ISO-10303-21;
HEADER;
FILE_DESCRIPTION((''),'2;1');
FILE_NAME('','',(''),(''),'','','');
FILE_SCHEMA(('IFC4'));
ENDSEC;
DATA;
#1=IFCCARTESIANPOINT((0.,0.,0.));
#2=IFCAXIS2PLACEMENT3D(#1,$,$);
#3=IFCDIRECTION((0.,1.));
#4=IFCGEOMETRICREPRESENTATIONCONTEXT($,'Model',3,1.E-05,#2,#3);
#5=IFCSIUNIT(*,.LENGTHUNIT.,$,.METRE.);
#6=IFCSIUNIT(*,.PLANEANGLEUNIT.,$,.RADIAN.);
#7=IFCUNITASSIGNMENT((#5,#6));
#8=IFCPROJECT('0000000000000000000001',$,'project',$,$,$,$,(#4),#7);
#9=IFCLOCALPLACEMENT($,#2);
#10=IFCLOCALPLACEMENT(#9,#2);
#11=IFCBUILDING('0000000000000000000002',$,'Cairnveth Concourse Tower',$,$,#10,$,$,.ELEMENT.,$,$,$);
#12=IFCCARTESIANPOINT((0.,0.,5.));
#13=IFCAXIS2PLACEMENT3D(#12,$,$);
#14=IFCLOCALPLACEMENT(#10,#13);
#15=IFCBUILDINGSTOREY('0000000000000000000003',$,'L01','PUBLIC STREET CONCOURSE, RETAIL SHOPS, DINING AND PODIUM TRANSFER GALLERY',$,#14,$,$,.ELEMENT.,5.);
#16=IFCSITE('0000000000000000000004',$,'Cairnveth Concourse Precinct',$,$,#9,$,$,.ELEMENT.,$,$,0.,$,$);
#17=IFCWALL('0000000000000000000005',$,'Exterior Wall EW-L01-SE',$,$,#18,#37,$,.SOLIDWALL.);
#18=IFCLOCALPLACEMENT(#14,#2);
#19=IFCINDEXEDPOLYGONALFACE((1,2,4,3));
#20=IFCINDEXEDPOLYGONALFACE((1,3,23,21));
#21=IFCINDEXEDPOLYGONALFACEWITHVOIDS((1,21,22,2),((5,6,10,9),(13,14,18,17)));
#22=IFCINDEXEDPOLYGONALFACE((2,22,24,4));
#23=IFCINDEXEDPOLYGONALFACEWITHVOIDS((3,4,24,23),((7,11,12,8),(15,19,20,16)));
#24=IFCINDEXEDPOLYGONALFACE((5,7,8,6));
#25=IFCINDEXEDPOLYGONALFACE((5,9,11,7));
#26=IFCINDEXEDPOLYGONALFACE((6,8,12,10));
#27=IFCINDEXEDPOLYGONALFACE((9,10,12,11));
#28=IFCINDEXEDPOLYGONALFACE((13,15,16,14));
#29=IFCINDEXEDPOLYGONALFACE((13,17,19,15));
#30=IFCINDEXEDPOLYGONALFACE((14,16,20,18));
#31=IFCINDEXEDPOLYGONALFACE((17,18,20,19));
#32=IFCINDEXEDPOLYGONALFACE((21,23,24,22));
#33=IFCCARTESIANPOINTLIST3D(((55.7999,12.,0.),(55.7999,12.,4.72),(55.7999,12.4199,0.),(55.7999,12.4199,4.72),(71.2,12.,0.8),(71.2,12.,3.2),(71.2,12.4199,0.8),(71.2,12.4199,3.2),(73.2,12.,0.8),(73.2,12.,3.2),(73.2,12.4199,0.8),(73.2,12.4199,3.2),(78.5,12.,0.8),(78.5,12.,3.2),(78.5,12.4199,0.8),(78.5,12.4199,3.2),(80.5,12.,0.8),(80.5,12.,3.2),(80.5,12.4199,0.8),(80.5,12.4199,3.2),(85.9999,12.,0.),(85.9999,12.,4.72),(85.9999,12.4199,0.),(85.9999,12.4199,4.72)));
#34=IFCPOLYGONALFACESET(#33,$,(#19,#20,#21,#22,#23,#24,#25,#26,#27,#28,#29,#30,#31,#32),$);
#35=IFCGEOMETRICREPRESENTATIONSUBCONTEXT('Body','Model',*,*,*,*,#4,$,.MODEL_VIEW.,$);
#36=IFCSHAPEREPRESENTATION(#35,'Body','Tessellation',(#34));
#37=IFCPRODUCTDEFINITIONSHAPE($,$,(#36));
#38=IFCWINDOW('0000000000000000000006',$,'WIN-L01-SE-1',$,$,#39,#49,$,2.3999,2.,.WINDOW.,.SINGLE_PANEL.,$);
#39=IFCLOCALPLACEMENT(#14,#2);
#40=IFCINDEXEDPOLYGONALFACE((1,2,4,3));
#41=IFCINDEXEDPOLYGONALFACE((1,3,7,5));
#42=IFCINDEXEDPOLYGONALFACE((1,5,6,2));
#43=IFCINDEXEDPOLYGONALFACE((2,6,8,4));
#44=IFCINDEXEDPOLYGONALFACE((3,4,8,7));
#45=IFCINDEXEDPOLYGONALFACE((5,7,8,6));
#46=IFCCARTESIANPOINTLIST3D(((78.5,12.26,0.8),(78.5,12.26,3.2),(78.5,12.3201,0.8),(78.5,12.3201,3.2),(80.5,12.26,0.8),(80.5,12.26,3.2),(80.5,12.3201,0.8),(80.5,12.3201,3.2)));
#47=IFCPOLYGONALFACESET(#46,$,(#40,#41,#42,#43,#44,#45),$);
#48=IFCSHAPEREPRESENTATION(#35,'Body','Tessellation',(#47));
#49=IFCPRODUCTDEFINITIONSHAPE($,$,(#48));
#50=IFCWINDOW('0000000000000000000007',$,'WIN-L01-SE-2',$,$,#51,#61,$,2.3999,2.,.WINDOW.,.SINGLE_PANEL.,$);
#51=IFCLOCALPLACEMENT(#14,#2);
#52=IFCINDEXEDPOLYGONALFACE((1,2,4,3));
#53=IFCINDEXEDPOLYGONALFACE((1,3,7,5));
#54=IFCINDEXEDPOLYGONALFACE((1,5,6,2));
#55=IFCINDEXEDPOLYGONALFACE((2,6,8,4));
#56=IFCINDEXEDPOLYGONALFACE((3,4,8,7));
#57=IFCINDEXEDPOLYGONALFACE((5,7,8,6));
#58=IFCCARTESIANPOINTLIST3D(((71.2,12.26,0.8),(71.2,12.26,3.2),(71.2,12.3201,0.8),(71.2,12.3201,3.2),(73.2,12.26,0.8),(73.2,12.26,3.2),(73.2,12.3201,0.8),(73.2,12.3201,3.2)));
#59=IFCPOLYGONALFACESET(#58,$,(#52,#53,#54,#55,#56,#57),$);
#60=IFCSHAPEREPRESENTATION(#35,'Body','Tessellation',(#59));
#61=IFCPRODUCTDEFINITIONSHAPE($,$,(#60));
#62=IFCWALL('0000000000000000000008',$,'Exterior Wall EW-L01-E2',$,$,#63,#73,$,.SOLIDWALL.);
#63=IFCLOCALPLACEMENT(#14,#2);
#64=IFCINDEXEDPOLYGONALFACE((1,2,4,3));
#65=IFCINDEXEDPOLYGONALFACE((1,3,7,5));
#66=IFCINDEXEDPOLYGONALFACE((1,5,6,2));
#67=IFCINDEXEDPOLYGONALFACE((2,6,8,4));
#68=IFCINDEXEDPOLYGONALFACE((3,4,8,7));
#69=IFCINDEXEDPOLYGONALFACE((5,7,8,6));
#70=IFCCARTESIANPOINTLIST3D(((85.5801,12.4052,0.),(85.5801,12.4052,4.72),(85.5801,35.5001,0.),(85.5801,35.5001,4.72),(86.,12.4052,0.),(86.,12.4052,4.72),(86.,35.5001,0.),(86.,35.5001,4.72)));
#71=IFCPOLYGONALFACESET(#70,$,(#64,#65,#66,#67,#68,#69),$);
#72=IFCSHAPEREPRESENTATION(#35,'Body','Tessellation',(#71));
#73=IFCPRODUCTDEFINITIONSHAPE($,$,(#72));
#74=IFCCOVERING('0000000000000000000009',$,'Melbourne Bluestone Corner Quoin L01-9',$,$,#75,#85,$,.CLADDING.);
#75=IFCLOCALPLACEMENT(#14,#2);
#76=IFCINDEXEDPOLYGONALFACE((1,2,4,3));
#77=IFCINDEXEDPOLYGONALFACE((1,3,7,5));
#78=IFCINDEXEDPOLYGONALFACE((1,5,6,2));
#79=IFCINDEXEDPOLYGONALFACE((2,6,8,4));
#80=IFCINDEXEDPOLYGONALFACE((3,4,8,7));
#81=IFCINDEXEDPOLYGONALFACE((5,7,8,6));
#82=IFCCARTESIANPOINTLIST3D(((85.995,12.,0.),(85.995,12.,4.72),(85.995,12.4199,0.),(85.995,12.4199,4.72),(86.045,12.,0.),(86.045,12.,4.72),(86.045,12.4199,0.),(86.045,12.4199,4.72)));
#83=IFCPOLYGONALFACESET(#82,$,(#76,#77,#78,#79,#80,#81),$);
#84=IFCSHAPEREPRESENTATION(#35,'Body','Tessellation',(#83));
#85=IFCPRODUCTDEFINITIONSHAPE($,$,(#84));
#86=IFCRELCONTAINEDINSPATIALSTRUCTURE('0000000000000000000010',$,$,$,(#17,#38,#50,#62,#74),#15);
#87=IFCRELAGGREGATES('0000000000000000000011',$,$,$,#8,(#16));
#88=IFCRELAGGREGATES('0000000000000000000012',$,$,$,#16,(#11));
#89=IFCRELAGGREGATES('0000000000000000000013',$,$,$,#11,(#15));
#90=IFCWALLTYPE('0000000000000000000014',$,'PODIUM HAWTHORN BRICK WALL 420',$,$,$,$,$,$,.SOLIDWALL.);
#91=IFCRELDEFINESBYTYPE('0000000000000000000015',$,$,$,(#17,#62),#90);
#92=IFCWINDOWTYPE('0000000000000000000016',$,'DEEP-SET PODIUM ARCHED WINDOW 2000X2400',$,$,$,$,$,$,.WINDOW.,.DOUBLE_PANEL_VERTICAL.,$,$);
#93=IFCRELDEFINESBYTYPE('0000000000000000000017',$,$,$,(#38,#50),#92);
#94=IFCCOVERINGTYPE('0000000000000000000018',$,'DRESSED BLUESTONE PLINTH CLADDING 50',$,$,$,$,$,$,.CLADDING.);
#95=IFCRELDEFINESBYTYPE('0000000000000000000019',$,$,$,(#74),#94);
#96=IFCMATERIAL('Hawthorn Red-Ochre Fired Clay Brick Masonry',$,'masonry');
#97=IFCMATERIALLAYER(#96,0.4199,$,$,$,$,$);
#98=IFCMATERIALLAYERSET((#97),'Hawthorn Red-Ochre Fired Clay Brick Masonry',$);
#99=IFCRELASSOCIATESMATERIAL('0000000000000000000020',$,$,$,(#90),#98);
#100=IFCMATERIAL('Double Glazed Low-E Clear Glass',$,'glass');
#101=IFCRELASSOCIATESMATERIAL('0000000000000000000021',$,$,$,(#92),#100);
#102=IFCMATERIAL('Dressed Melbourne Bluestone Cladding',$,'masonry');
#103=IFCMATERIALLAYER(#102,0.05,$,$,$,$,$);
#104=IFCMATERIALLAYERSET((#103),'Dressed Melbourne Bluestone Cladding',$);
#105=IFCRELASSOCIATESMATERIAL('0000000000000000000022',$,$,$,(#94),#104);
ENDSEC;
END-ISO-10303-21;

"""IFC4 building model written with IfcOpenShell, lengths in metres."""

from ifc_helpers import new_model, si_unit, direction, frame, frame_2d, origin, place, context, subcontext, project, spatial, rectangle, extrude, material, layer, layer_set, type_object, element, fill, save


model = new_model("IFC4")

# Units and contexts
model_context = context("Model", 3, precision=1e-05, world=origin(), true_north=direction((0.0, 1.0)))
body_context = subcontext(model_context, "Body", "Model", "MODEL_VIEW")
ifc_project = project(units=[si_unit("LENGTHUNIT", "METRE"), si_unit("PLANEANGLEUNIT", "RADIAN")], contexts=[model_context])

# Site, building, storey
site_placement = place(None, origin())
site = spatial("IfcSite", under=ifc_project, at=site_placement, Name="Cairnveth Concourse Precinct", CompositionType="ELEMENT", RefElevation=0.0)
building_placement = place(site_placement, origin())
building = spatial("IfcBuilding", under=site, at=building_placement, Name="Cairnveth Concourse Tower", CompositionType="ELEMENT")
storey_placement = place(building_placement, frame((0.0, 0.0, 5.0)))
storey = spatial("IfcBuildingStorey", under=building, at=storey_placement, Name="L01", Description="PUBLIC STREET CONCOURSE, RETAIL SHOPS, DINING AND PODIUM TRANSFER GALLERY", CompositionType="ELEMENT", Elevation=5.0)

# Shared definitions
ifc_material_1 = material(Name="Double Glazed Low-E Clear Glass", Category="glass")

# Wall, openings, windows
ifc_material_2 = material(Name="Hawthorn Red-Ochre Fired Clay Brick Masonry", Category="masonry")
ifc_layer_1 = layer(ifc_material_2, 0.4199)
ifc_layer_set_1 = layer_set([ifc_layer_1], Name="Hawthorn Red-Ochre Fired Clay Brick Masonry")
wall_type_1 = type_object("IfcWallType", Name="PODIUM HAWTHORN BRICK WALL 420", PredefinedType="SOLIDWALL", material=ifc_layer_set_1)
wall_1_placement = place(storey_placement, frame((86.0, 12.21, 0.0), z_axis=(0.0, 0.0, 1.0), x_axis=(-1.0, 0.0, 0.0)))
wall_1 = element("IfcWall", 1, at=wall_1_placement, inside=storey, type_object=wall_type_1, Name="Exterior Wall EW-L01-SE", PredefinedType="SOLIDWALL", context=body_context, shape_type="SweptSolid", body=[
    extrude(rectangle(XDim=30.2, YDim=0.4199, at=frame_2d((15.1001, 0.0))), origin(), (0.0, 0.0, 1.0), 4.72),
])
opening_1_placement = place(wall_1_placement, frame((5.5, 0.0, 0.8)))
opening_1 = element("IfcOpeningElement", 2, at=opening_1_placement, cuts=wall_1, PredefinedType="OPENING", context=body_context, shape_type="SweptSolid", body=[
    extrude(rectangle(XDim=2.0, YDim=2.3999, at=frame_2d((1.0, 1.2))), frame((0.0, 0.22, 0.0), z_axis=(0.0, -1.0, 0.0), x_axis=(1.0, 0.0, 0.0)), (0.0, 0.0, 1.0), 0.4399),
])
opening_2_placement = place(wall_1_placement, frame((12.8, 0.0, 0.8)))
opening_2 = element("IfcOpeningElement", 3, at=opening_2_placement, cuts=wall_1, PredefinedType="OPENING", context=body_context, shape_type="SweptSolid", body=[
    extrude(rectangle(XDim=2.0, YDim=2.3999, at=frame_2d((1.0, 1.2))), frame((0.0, 0.22, 0.0), z_axis=(0.0, -1.0, 0.0), x_axis=(1.0, 0.0, 0.0)), (0.0, 0.0, 1.0), 0.4399),
])
window_type = type_object("IfcWindowType", Name="DEEP-SET PODIUM ARCHED WINDOW 2000X2400", PartitioningType="DOUBLE_PANEL_VERTICAL", PredefinedType="WINDOW", material=ifc_material_1)
window_1_placement = place(opening_1_placement, origin())
window_1 = element("IfcWindow", 4, at=window_1_placement, inside=storey, type_object=window_type, Name="WIN-L01-SE-1", OverallHeight=2.3999, OverallWidth=2.0, PartitioningType="SINGLE_PANEL", PredefinedType="WINDOW", context=body_context, shape_type="SweptSolid", body=[
    extrude(rectangle(XDim=2.0, YDim=2.3999, at=frame_2d((1.0, 1.2))), frame((0.0, -0.05, 0.0), z_axis=(0.0, -1.0, 0.0), x_axis=(1.0, 0.0, 0.0)), (0.0, 0.0, 1.0), 0.0601),
])
fill(opening_1, window_1)
window_2_placement = place(opening_2_placement, origin())
window_2 = element("IfcWindow", 5, at=window_2_placement, inside=storey, type_object=window_type, Name="WIN-L01-SE-2", OverallHeight=2.3999, OverallWidth=2.0, PartitioningType="SINGLE_PANEL", PredefinedType="WINDOW", context=body_context, shape_type="SweptSolid", body=[
    extrude(rectangle(XDim=2.0, YDim=2.3999, at=frame_2d((1.0, 1.2))), frame((0.0, -0.05, 0.0), z_axis=(0.0, -1.0, 0.0), x_axis=(1.0, 0.0, 0.0)), (0.0, 0.0, 1.0), 0.0601),
])
fill(opening_2, window_2)

# Wall
wall_2_placement = place(storey_placement, frame((85.79, 35.5, 0.0), z_axis=(0.0, 0.0, 1.0), x_axis=(0.0, -1.0, 0.0)))
element("IfcWall", 6, at=wall_2_placement, inside=storey, type_object=wall_type_1, Name="Exterior Wall EW-L01-E2", PredefinedType="SOLIDWALL", context=body_context, shape_type="SweptSolid", body=[
    extrude(rectangle(XDim=23.095, YDim=0.4199, at=frame_2d((11.5474, 0.0))), origin(), (0.0, 0.0, 1.0), 4.72),
])

# Covering
ifc_material_3 = material(Name="Dressed Melbourne Bluestone Cladding", Category="masonry")
ifc_layer_2 = layer(ifc_material_3, 0.05)
ifc_layer_set_2 = layer_set([ifc_layer_2], Name="Dressed Melbourne Bluestone Cladding")
covering_type = type_object("IfcCoveringType", Name="DRESSED BLUESTONE PLINTH CLADDING 50", PredefinedType="CLADDING", material=ifc_layer_set_2)
covering_placement = place(storey_placement, frame((86.02, 12.4199, 0.0), z_axis=(0.0, 0.0, 1.0), x_axis=(0.0, -1.0, 0.0)))
element("IfcCovering", 7, at=covering_placement, inside=storey, type_object=covering_type, Name="Melbourne Bluestone Corner Quoin L01-9", PredefinedType="CLADDING", context=body_context, shape_type="SweptSolid", body=[
    extrude(rectangle(XDim=0.4199, YDim=0.05, at=frame_2d((0.21, 0.0))), origin(), (0.0, 0.0, 1.0), 4.72),
])

save(model, "model.ifc")
